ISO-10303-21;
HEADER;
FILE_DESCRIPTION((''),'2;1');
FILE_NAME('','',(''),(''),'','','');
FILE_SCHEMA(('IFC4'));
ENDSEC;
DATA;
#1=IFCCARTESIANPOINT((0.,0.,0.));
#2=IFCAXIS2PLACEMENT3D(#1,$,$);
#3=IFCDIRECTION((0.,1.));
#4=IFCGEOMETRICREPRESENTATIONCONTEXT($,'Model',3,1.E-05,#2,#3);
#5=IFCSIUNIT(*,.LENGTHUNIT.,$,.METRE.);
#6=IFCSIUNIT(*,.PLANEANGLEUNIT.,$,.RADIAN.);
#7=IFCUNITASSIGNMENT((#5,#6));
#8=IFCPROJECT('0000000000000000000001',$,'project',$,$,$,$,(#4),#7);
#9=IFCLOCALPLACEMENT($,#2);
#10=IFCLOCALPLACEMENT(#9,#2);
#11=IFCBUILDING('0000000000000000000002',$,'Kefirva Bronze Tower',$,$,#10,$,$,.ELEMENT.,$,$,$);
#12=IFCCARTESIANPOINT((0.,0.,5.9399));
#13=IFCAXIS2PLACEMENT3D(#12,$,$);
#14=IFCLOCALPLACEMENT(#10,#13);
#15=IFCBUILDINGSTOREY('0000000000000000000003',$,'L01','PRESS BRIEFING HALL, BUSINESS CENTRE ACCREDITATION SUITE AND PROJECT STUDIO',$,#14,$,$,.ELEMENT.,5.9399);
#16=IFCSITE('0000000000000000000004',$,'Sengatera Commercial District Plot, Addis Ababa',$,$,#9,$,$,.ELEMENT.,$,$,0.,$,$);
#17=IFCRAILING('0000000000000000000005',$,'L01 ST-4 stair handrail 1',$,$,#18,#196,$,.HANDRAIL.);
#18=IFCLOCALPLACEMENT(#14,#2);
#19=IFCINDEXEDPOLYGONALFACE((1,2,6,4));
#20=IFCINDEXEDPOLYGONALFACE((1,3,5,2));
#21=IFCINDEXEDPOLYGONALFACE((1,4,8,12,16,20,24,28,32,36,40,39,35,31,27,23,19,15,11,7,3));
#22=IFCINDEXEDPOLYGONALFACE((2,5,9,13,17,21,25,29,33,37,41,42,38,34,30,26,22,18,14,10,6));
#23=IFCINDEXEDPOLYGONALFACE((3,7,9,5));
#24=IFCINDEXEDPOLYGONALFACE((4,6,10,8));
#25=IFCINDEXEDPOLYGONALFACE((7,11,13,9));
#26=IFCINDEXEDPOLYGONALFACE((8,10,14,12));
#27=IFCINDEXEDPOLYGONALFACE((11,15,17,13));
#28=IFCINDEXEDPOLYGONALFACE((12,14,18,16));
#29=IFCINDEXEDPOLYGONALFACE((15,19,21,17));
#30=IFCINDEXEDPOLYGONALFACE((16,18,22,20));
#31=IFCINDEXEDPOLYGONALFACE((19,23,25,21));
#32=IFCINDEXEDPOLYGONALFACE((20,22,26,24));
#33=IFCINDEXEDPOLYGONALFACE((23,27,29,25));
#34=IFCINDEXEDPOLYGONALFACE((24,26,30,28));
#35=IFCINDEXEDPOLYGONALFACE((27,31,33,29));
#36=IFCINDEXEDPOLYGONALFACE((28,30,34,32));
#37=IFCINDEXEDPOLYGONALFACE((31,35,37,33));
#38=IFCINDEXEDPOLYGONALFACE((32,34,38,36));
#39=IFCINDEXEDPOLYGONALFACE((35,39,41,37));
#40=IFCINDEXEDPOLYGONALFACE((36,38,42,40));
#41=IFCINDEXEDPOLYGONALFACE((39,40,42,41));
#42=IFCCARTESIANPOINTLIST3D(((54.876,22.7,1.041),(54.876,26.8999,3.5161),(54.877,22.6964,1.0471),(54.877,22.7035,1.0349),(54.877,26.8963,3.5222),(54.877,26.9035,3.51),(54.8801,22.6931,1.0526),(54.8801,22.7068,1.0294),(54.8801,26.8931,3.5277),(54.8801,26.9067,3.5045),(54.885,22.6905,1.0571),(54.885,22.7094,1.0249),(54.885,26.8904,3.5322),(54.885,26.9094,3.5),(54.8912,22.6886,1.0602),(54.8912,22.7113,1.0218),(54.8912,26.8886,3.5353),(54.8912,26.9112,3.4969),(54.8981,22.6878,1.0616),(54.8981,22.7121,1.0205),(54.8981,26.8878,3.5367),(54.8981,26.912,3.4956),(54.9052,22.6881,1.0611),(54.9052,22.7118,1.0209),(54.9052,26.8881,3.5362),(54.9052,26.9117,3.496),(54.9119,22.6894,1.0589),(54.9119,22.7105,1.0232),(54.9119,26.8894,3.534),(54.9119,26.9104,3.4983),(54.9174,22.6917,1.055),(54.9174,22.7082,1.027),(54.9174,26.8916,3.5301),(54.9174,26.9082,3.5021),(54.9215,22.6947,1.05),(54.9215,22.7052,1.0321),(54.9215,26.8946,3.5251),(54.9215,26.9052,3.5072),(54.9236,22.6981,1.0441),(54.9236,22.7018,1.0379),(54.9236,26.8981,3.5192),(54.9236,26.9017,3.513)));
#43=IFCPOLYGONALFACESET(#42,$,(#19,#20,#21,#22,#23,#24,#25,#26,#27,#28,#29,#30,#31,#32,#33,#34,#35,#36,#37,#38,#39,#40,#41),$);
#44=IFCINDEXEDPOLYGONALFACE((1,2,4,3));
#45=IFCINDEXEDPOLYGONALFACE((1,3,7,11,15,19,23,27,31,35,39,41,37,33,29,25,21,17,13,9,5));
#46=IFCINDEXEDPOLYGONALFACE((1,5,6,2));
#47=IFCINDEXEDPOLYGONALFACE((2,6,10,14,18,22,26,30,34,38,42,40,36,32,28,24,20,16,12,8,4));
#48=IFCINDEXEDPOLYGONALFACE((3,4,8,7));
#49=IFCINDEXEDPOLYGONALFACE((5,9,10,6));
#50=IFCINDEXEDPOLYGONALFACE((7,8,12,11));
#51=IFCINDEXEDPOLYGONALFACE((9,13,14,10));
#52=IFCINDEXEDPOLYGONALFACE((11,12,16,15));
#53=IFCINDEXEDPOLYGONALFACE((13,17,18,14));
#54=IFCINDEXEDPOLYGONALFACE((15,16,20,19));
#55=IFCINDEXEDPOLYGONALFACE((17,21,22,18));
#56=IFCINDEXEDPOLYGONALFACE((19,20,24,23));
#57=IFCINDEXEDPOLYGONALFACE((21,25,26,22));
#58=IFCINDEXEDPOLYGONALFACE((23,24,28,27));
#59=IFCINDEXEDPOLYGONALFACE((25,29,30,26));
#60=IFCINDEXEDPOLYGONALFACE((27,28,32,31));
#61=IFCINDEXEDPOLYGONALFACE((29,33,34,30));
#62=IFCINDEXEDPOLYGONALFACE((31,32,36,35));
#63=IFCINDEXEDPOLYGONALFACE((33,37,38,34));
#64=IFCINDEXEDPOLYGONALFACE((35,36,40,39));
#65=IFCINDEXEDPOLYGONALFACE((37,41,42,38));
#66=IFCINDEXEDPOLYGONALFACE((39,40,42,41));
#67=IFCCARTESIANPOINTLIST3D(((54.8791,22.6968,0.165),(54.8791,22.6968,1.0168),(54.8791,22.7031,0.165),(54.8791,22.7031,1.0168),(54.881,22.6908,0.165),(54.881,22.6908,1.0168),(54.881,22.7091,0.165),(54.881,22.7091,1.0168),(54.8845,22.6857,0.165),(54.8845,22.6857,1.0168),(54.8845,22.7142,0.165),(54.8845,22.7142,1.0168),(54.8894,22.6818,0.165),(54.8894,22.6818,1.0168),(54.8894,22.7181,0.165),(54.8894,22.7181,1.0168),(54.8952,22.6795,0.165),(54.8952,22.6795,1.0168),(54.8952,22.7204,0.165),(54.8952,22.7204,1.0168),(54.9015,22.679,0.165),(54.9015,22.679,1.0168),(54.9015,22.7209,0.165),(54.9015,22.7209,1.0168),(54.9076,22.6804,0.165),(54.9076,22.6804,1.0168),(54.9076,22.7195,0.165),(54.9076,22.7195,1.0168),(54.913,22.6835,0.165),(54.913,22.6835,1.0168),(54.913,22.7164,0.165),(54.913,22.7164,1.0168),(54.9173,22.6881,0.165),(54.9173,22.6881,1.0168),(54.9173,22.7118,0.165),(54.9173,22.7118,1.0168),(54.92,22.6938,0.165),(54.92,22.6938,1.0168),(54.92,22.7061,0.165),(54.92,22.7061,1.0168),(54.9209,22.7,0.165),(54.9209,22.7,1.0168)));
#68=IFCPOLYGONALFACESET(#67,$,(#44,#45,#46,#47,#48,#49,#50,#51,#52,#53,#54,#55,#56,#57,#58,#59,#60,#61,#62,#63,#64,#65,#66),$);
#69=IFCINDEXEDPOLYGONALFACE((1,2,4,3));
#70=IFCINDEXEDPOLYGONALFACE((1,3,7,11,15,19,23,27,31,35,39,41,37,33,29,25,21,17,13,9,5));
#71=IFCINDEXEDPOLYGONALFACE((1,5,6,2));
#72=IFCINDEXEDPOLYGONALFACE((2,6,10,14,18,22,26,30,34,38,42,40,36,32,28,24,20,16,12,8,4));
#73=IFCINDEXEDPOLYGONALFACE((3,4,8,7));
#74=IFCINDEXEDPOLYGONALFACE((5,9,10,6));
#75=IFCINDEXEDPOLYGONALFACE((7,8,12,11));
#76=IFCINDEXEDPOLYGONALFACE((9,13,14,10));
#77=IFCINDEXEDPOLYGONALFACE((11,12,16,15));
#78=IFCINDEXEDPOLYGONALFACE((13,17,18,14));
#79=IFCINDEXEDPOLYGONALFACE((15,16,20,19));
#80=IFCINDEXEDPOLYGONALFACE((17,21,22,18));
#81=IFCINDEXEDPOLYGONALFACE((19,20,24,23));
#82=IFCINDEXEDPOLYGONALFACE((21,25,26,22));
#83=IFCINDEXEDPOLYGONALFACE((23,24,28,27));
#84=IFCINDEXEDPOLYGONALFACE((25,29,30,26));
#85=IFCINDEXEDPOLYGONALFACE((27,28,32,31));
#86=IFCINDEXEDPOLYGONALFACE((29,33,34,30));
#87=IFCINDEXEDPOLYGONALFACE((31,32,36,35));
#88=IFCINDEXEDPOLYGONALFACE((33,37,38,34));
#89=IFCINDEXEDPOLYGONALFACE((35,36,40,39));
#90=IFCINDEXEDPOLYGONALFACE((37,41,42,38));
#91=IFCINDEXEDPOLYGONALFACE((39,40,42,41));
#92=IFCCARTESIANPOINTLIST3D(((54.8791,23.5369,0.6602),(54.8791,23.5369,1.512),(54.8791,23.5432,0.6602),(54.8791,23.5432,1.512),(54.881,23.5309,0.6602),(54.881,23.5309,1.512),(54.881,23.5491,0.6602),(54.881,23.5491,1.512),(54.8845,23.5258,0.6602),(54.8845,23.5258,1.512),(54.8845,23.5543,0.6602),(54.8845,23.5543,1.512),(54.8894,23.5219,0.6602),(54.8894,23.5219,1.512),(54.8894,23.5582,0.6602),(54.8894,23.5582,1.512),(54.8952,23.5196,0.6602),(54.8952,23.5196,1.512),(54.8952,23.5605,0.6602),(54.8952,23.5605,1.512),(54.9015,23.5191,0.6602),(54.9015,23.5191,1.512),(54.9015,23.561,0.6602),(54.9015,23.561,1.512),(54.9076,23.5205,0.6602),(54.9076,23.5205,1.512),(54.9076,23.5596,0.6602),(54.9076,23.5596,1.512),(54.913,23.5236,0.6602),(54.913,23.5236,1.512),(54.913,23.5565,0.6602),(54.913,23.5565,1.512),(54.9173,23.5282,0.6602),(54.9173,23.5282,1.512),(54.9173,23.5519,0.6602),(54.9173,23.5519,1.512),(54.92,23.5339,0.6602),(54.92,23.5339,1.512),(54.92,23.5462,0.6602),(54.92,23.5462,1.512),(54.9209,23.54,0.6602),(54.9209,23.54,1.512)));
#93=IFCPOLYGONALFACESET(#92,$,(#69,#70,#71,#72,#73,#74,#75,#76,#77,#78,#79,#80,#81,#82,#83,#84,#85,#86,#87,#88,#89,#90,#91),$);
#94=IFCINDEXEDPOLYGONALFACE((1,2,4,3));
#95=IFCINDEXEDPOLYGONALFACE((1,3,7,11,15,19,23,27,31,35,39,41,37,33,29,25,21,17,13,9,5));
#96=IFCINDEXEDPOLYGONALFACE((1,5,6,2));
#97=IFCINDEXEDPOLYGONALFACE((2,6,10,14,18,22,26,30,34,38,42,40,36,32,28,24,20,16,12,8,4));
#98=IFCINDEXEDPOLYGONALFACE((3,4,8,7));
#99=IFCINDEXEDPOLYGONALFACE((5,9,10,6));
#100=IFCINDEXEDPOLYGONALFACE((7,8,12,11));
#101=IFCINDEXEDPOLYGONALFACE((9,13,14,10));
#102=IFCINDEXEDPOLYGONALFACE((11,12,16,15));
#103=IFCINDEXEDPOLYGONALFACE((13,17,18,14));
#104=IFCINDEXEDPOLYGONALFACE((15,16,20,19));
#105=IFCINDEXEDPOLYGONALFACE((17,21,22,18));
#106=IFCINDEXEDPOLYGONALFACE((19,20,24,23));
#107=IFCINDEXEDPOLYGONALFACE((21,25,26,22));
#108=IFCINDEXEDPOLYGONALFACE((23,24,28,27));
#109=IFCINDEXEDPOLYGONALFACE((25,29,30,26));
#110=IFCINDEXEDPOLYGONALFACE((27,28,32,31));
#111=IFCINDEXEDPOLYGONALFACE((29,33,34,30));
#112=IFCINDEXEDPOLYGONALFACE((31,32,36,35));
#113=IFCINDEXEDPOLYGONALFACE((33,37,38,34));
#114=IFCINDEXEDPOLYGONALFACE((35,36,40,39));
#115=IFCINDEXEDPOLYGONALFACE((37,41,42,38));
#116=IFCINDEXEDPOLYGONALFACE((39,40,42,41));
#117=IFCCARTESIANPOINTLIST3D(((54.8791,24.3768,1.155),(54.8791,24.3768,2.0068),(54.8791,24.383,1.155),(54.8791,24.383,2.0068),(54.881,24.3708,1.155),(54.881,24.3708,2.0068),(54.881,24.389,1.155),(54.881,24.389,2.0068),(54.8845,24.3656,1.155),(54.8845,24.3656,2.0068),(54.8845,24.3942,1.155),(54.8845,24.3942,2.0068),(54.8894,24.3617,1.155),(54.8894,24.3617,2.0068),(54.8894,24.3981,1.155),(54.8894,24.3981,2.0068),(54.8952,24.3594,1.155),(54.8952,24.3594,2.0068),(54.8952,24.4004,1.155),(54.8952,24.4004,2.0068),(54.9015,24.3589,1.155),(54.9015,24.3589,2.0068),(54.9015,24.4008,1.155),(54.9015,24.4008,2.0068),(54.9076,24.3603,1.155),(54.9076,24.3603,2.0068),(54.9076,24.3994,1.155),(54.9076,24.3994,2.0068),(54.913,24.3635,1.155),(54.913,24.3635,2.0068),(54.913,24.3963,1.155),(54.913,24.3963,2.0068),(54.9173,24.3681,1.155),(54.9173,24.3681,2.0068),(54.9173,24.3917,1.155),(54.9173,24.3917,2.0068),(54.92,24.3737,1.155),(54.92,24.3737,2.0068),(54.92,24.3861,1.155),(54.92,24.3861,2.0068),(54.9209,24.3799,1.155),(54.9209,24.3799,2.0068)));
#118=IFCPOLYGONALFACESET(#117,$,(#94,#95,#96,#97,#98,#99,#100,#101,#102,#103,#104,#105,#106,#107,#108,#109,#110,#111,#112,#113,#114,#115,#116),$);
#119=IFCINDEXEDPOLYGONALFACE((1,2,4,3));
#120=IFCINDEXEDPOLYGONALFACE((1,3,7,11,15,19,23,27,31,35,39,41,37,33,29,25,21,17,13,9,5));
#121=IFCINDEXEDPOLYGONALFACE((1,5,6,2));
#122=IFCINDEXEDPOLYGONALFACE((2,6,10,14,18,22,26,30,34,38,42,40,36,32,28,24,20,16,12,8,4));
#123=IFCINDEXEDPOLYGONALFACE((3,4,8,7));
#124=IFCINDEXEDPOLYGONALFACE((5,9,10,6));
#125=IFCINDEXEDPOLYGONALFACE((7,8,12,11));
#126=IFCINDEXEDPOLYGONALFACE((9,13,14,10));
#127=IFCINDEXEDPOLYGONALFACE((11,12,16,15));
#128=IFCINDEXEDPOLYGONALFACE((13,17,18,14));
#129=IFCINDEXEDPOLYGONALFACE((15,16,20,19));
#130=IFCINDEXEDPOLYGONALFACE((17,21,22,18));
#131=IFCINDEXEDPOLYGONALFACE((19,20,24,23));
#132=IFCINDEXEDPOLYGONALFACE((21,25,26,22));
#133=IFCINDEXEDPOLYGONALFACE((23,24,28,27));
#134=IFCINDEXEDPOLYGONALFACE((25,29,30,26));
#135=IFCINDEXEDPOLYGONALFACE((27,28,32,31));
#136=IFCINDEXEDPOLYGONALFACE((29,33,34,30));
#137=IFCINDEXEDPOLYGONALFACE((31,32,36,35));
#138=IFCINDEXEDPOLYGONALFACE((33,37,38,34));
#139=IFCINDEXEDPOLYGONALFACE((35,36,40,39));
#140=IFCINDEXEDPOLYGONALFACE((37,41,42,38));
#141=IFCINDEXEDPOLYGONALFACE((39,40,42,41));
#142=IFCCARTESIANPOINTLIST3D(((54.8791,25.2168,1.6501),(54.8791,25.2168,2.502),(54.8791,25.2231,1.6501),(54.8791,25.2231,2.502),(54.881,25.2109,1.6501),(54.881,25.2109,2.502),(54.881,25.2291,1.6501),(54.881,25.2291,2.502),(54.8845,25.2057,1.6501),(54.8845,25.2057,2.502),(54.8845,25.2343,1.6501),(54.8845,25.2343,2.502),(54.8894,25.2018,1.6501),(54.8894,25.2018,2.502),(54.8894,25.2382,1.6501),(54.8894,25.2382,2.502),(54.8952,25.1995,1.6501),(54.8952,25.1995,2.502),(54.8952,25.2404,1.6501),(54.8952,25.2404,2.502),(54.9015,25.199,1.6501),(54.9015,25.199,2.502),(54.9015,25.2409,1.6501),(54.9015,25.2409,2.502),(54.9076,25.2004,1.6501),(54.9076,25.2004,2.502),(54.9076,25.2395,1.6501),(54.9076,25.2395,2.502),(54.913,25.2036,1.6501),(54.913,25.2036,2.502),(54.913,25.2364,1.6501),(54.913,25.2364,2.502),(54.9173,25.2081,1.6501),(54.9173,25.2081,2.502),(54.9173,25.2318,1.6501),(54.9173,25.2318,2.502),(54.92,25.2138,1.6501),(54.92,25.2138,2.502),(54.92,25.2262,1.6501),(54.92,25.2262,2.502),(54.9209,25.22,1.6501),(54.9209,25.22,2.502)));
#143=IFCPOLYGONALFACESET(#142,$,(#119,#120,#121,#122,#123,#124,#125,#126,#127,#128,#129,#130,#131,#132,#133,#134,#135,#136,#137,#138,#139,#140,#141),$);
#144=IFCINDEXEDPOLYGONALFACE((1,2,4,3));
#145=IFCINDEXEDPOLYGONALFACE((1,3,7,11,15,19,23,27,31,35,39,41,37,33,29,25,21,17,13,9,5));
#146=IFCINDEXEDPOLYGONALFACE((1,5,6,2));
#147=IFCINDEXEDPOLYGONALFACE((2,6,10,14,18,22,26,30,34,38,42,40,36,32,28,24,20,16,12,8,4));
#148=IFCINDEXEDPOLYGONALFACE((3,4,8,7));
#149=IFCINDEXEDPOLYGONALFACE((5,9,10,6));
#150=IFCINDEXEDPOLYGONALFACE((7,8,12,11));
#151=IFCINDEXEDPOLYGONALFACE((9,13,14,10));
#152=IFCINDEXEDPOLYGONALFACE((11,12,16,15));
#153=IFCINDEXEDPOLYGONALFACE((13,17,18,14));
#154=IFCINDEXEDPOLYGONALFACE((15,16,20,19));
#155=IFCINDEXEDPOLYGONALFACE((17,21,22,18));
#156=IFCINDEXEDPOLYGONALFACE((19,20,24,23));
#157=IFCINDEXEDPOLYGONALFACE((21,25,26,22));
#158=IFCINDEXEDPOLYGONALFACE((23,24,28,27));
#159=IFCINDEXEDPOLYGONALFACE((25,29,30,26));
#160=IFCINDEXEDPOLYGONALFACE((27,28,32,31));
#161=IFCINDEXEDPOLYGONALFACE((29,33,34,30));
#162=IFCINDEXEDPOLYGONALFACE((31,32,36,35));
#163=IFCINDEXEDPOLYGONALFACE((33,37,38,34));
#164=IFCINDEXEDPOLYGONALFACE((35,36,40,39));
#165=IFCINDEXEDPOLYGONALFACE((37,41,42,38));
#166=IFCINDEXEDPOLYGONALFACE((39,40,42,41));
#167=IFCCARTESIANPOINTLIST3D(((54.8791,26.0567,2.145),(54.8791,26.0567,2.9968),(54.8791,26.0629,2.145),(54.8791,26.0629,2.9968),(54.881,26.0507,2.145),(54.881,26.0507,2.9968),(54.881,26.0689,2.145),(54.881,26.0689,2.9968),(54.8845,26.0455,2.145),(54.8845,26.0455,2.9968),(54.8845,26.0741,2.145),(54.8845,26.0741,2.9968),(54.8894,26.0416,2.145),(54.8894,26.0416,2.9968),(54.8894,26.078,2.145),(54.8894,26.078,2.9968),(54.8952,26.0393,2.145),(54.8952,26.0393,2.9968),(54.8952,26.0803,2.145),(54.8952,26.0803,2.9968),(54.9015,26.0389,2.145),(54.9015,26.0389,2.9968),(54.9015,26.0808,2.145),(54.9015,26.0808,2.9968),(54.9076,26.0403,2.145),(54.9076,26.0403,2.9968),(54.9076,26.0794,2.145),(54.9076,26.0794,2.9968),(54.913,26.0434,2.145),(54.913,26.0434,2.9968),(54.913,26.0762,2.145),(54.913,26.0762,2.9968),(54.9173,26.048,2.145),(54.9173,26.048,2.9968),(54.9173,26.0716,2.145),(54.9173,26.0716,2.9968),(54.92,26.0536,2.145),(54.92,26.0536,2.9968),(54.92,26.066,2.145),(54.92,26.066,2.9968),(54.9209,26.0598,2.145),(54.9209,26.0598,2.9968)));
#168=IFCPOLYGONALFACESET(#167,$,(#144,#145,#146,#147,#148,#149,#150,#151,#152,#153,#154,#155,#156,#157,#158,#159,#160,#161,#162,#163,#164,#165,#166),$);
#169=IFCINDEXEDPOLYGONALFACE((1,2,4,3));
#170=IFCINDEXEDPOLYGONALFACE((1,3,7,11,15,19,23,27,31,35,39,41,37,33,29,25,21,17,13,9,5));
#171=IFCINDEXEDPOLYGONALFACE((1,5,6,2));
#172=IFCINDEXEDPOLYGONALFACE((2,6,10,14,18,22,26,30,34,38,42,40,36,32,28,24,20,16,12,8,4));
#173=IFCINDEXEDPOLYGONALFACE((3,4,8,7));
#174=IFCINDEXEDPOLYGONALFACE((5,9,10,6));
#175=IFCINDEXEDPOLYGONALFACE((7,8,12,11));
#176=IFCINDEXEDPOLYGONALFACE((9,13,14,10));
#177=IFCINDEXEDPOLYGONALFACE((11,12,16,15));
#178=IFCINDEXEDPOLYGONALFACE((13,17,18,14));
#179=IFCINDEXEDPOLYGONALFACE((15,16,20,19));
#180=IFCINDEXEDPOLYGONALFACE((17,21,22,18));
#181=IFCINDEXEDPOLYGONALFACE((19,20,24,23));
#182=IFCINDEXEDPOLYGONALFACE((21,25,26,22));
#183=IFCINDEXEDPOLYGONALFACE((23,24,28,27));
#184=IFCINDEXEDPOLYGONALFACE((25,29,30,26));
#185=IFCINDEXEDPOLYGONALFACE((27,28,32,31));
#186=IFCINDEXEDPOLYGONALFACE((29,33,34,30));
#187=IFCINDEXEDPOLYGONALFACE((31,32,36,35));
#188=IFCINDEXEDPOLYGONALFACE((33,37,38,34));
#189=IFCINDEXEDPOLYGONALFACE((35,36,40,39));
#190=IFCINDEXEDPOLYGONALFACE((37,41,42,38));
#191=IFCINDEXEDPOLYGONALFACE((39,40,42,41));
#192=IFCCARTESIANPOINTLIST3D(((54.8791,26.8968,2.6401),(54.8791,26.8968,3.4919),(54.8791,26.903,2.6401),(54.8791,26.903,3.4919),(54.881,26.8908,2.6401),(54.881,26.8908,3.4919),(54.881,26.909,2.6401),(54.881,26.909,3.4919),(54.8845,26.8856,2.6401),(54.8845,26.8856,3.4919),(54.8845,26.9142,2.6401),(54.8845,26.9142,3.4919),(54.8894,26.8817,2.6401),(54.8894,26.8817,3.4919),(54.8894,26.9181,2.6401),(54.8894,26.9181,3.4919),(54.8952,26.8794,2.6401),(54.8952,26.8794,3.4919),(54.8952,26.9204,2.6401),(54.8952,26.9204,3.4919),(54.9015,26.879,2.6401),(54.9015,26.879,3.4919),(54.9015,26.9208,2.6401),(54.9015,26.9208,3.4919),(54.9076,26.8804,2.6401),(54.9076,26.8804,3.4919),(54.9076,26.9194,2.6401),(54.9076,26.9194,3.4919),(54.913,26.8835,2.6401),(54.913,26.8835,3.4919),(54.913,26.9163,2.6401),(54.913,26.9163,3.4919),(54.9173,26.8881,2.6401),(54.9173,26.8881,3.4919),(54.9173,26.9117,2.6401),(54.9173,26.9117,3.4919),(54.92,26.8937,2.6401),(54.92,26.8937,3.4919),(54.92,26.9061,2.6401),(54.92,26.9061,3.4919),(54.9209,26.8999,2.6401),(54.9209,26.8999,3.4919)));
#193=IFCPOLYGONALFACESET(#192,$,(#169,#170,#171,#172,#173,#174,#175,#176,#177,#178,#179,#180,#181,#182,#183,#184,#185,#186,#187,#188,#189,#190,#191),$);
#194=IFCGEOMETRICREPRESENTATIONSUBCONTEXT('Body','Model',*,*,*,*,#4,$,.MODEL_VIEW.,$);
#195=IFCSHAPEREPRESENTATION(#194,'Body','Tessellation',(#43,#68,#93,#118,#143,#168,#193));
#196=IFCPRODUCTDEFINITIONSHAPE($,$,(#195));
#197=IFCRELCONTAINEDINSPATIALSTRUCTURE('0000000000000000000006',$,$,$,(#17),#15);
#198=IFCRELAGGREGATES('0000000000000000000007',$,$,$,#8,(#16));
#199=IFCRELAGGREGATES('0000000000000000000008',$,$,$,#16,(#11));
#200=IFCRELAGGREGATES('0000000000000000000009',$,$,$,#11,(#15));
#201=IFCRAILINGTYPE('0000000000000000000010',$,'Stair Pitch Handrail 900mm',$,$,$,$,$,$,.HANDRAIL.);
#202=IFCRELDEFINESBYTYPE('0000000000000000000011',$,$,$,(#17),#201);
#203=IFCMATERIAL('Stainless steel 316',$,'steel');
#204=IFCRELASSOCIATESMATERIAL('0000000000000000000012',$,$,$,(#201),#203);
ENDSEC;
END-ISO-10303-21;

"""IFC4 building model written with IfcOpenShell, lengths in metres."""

from ifc_helpers import new_model, si_unit, direction, frame, origin, origin_2d, place, context, subcontext, project, spatial, circle, extrude, material, type_object, element, save


model = new_model("IFC4")

# Units and contexts
model_context = context("Model", 3, precision=1e-05, world=origin(), true_north=direction((0.0, 1.0)))
body_context = subcontext(model_context, "Body", "Model", "MODEL_VIEW")
ifc_project = project(units=[si_unit("LENGTHUNIT", "METRE"), si_unit("PLANEANGLEUNIT", "RADIAN")], contexts=[model_context])

# Site, building, storey
site_placement = place(None, origin())
site = spatial("IfcSite", under=ifc_project, at=site_placement, Name="Sengatera Commercial District Plot, Addis Ababa", CompositionType="ELEMENT", RefElevation=0.0)
building_placement = place(site_placement, origin())
building = spatial("IfcBuilding", under=site, at=building_placement, Name="Kefirva Bronze Tower", CompositionType="ELEMENT")
storey_placement = place(building_placement, frame((0.0, 0.0, 5.9399)))
storey = spatial("IfcBuildingStorey", under=building, at=storey_placement, Name="L01", Description="PRESS BRIEFING HALL, BUSINESS CENTRE ACCREDITATION SUITE AND PROJECT STUDIO", CompositionType="ELEMENT", Elevation=5.9399)

# Railing
ifc_material_1 = material(Name="Stainless steel 316", Category="steel")
railing_type_1 = type_object("IfcRailingType", Name="Stair Pitch Handrail 900mm", PredefinedType="HANDRAIL", material=ifc_material_1)
railing_1_placement = place(storey_placement, frame((54.8999, 22.7, 0.165)))
element("IfcRailing", 1, at=railing_1_placement, inside=storey, type_object=railing_type_1, Name="L01 ST-4 stair handrail 1", PredefinedType="HANDRAIL", context=body_context, shape_type="SweptSolid", body=[
    extrude(circle(Radius=0.0239, at=origin_2d()), frame((0.0, 0.0, 0.876), z_axis=(0.0, 0.861527, 0.507712), x_axis=(-1.0, 0.0, 0.0)), (0.0, 0.0, 1.0), 4.875),
    extrude(circle(Radius=0.021, at=origin_2d()), origin(), (0.0, 0.0, 1.0), 0.8518),
    extrude(circle(Radius=0.021, at=origin_2d()), frame((0.0, 0.8401, 0.4951)), (0.0, 0.0, 1.0), 0.8518),
    extrude(circle(Radius=0.021, at=origin_2d()), frame((0.0, 1.6799, 0.99)), (0.0, 0.0, 1.0), 0.8518),
    extrude(circle(Radius=0.021, at=origin_2d()), frame((0.0, 2.52, 1.4851)), (0.0, 0.0, 1.0), 0.8518),
    extrude(circle(Radius=0.021, at=origin_2d()), frame((0.0, 3.3599, 1.98)), (0.0, 0.0, 1.0), 0.8518),
    extrude(circle(Radius=0.021, at=origin_2d()), frame((0.0, 4.2, 2.4751)), (0.0, 0.0, 1.0), 0.8518),
])

save(model, "model.ifc")
